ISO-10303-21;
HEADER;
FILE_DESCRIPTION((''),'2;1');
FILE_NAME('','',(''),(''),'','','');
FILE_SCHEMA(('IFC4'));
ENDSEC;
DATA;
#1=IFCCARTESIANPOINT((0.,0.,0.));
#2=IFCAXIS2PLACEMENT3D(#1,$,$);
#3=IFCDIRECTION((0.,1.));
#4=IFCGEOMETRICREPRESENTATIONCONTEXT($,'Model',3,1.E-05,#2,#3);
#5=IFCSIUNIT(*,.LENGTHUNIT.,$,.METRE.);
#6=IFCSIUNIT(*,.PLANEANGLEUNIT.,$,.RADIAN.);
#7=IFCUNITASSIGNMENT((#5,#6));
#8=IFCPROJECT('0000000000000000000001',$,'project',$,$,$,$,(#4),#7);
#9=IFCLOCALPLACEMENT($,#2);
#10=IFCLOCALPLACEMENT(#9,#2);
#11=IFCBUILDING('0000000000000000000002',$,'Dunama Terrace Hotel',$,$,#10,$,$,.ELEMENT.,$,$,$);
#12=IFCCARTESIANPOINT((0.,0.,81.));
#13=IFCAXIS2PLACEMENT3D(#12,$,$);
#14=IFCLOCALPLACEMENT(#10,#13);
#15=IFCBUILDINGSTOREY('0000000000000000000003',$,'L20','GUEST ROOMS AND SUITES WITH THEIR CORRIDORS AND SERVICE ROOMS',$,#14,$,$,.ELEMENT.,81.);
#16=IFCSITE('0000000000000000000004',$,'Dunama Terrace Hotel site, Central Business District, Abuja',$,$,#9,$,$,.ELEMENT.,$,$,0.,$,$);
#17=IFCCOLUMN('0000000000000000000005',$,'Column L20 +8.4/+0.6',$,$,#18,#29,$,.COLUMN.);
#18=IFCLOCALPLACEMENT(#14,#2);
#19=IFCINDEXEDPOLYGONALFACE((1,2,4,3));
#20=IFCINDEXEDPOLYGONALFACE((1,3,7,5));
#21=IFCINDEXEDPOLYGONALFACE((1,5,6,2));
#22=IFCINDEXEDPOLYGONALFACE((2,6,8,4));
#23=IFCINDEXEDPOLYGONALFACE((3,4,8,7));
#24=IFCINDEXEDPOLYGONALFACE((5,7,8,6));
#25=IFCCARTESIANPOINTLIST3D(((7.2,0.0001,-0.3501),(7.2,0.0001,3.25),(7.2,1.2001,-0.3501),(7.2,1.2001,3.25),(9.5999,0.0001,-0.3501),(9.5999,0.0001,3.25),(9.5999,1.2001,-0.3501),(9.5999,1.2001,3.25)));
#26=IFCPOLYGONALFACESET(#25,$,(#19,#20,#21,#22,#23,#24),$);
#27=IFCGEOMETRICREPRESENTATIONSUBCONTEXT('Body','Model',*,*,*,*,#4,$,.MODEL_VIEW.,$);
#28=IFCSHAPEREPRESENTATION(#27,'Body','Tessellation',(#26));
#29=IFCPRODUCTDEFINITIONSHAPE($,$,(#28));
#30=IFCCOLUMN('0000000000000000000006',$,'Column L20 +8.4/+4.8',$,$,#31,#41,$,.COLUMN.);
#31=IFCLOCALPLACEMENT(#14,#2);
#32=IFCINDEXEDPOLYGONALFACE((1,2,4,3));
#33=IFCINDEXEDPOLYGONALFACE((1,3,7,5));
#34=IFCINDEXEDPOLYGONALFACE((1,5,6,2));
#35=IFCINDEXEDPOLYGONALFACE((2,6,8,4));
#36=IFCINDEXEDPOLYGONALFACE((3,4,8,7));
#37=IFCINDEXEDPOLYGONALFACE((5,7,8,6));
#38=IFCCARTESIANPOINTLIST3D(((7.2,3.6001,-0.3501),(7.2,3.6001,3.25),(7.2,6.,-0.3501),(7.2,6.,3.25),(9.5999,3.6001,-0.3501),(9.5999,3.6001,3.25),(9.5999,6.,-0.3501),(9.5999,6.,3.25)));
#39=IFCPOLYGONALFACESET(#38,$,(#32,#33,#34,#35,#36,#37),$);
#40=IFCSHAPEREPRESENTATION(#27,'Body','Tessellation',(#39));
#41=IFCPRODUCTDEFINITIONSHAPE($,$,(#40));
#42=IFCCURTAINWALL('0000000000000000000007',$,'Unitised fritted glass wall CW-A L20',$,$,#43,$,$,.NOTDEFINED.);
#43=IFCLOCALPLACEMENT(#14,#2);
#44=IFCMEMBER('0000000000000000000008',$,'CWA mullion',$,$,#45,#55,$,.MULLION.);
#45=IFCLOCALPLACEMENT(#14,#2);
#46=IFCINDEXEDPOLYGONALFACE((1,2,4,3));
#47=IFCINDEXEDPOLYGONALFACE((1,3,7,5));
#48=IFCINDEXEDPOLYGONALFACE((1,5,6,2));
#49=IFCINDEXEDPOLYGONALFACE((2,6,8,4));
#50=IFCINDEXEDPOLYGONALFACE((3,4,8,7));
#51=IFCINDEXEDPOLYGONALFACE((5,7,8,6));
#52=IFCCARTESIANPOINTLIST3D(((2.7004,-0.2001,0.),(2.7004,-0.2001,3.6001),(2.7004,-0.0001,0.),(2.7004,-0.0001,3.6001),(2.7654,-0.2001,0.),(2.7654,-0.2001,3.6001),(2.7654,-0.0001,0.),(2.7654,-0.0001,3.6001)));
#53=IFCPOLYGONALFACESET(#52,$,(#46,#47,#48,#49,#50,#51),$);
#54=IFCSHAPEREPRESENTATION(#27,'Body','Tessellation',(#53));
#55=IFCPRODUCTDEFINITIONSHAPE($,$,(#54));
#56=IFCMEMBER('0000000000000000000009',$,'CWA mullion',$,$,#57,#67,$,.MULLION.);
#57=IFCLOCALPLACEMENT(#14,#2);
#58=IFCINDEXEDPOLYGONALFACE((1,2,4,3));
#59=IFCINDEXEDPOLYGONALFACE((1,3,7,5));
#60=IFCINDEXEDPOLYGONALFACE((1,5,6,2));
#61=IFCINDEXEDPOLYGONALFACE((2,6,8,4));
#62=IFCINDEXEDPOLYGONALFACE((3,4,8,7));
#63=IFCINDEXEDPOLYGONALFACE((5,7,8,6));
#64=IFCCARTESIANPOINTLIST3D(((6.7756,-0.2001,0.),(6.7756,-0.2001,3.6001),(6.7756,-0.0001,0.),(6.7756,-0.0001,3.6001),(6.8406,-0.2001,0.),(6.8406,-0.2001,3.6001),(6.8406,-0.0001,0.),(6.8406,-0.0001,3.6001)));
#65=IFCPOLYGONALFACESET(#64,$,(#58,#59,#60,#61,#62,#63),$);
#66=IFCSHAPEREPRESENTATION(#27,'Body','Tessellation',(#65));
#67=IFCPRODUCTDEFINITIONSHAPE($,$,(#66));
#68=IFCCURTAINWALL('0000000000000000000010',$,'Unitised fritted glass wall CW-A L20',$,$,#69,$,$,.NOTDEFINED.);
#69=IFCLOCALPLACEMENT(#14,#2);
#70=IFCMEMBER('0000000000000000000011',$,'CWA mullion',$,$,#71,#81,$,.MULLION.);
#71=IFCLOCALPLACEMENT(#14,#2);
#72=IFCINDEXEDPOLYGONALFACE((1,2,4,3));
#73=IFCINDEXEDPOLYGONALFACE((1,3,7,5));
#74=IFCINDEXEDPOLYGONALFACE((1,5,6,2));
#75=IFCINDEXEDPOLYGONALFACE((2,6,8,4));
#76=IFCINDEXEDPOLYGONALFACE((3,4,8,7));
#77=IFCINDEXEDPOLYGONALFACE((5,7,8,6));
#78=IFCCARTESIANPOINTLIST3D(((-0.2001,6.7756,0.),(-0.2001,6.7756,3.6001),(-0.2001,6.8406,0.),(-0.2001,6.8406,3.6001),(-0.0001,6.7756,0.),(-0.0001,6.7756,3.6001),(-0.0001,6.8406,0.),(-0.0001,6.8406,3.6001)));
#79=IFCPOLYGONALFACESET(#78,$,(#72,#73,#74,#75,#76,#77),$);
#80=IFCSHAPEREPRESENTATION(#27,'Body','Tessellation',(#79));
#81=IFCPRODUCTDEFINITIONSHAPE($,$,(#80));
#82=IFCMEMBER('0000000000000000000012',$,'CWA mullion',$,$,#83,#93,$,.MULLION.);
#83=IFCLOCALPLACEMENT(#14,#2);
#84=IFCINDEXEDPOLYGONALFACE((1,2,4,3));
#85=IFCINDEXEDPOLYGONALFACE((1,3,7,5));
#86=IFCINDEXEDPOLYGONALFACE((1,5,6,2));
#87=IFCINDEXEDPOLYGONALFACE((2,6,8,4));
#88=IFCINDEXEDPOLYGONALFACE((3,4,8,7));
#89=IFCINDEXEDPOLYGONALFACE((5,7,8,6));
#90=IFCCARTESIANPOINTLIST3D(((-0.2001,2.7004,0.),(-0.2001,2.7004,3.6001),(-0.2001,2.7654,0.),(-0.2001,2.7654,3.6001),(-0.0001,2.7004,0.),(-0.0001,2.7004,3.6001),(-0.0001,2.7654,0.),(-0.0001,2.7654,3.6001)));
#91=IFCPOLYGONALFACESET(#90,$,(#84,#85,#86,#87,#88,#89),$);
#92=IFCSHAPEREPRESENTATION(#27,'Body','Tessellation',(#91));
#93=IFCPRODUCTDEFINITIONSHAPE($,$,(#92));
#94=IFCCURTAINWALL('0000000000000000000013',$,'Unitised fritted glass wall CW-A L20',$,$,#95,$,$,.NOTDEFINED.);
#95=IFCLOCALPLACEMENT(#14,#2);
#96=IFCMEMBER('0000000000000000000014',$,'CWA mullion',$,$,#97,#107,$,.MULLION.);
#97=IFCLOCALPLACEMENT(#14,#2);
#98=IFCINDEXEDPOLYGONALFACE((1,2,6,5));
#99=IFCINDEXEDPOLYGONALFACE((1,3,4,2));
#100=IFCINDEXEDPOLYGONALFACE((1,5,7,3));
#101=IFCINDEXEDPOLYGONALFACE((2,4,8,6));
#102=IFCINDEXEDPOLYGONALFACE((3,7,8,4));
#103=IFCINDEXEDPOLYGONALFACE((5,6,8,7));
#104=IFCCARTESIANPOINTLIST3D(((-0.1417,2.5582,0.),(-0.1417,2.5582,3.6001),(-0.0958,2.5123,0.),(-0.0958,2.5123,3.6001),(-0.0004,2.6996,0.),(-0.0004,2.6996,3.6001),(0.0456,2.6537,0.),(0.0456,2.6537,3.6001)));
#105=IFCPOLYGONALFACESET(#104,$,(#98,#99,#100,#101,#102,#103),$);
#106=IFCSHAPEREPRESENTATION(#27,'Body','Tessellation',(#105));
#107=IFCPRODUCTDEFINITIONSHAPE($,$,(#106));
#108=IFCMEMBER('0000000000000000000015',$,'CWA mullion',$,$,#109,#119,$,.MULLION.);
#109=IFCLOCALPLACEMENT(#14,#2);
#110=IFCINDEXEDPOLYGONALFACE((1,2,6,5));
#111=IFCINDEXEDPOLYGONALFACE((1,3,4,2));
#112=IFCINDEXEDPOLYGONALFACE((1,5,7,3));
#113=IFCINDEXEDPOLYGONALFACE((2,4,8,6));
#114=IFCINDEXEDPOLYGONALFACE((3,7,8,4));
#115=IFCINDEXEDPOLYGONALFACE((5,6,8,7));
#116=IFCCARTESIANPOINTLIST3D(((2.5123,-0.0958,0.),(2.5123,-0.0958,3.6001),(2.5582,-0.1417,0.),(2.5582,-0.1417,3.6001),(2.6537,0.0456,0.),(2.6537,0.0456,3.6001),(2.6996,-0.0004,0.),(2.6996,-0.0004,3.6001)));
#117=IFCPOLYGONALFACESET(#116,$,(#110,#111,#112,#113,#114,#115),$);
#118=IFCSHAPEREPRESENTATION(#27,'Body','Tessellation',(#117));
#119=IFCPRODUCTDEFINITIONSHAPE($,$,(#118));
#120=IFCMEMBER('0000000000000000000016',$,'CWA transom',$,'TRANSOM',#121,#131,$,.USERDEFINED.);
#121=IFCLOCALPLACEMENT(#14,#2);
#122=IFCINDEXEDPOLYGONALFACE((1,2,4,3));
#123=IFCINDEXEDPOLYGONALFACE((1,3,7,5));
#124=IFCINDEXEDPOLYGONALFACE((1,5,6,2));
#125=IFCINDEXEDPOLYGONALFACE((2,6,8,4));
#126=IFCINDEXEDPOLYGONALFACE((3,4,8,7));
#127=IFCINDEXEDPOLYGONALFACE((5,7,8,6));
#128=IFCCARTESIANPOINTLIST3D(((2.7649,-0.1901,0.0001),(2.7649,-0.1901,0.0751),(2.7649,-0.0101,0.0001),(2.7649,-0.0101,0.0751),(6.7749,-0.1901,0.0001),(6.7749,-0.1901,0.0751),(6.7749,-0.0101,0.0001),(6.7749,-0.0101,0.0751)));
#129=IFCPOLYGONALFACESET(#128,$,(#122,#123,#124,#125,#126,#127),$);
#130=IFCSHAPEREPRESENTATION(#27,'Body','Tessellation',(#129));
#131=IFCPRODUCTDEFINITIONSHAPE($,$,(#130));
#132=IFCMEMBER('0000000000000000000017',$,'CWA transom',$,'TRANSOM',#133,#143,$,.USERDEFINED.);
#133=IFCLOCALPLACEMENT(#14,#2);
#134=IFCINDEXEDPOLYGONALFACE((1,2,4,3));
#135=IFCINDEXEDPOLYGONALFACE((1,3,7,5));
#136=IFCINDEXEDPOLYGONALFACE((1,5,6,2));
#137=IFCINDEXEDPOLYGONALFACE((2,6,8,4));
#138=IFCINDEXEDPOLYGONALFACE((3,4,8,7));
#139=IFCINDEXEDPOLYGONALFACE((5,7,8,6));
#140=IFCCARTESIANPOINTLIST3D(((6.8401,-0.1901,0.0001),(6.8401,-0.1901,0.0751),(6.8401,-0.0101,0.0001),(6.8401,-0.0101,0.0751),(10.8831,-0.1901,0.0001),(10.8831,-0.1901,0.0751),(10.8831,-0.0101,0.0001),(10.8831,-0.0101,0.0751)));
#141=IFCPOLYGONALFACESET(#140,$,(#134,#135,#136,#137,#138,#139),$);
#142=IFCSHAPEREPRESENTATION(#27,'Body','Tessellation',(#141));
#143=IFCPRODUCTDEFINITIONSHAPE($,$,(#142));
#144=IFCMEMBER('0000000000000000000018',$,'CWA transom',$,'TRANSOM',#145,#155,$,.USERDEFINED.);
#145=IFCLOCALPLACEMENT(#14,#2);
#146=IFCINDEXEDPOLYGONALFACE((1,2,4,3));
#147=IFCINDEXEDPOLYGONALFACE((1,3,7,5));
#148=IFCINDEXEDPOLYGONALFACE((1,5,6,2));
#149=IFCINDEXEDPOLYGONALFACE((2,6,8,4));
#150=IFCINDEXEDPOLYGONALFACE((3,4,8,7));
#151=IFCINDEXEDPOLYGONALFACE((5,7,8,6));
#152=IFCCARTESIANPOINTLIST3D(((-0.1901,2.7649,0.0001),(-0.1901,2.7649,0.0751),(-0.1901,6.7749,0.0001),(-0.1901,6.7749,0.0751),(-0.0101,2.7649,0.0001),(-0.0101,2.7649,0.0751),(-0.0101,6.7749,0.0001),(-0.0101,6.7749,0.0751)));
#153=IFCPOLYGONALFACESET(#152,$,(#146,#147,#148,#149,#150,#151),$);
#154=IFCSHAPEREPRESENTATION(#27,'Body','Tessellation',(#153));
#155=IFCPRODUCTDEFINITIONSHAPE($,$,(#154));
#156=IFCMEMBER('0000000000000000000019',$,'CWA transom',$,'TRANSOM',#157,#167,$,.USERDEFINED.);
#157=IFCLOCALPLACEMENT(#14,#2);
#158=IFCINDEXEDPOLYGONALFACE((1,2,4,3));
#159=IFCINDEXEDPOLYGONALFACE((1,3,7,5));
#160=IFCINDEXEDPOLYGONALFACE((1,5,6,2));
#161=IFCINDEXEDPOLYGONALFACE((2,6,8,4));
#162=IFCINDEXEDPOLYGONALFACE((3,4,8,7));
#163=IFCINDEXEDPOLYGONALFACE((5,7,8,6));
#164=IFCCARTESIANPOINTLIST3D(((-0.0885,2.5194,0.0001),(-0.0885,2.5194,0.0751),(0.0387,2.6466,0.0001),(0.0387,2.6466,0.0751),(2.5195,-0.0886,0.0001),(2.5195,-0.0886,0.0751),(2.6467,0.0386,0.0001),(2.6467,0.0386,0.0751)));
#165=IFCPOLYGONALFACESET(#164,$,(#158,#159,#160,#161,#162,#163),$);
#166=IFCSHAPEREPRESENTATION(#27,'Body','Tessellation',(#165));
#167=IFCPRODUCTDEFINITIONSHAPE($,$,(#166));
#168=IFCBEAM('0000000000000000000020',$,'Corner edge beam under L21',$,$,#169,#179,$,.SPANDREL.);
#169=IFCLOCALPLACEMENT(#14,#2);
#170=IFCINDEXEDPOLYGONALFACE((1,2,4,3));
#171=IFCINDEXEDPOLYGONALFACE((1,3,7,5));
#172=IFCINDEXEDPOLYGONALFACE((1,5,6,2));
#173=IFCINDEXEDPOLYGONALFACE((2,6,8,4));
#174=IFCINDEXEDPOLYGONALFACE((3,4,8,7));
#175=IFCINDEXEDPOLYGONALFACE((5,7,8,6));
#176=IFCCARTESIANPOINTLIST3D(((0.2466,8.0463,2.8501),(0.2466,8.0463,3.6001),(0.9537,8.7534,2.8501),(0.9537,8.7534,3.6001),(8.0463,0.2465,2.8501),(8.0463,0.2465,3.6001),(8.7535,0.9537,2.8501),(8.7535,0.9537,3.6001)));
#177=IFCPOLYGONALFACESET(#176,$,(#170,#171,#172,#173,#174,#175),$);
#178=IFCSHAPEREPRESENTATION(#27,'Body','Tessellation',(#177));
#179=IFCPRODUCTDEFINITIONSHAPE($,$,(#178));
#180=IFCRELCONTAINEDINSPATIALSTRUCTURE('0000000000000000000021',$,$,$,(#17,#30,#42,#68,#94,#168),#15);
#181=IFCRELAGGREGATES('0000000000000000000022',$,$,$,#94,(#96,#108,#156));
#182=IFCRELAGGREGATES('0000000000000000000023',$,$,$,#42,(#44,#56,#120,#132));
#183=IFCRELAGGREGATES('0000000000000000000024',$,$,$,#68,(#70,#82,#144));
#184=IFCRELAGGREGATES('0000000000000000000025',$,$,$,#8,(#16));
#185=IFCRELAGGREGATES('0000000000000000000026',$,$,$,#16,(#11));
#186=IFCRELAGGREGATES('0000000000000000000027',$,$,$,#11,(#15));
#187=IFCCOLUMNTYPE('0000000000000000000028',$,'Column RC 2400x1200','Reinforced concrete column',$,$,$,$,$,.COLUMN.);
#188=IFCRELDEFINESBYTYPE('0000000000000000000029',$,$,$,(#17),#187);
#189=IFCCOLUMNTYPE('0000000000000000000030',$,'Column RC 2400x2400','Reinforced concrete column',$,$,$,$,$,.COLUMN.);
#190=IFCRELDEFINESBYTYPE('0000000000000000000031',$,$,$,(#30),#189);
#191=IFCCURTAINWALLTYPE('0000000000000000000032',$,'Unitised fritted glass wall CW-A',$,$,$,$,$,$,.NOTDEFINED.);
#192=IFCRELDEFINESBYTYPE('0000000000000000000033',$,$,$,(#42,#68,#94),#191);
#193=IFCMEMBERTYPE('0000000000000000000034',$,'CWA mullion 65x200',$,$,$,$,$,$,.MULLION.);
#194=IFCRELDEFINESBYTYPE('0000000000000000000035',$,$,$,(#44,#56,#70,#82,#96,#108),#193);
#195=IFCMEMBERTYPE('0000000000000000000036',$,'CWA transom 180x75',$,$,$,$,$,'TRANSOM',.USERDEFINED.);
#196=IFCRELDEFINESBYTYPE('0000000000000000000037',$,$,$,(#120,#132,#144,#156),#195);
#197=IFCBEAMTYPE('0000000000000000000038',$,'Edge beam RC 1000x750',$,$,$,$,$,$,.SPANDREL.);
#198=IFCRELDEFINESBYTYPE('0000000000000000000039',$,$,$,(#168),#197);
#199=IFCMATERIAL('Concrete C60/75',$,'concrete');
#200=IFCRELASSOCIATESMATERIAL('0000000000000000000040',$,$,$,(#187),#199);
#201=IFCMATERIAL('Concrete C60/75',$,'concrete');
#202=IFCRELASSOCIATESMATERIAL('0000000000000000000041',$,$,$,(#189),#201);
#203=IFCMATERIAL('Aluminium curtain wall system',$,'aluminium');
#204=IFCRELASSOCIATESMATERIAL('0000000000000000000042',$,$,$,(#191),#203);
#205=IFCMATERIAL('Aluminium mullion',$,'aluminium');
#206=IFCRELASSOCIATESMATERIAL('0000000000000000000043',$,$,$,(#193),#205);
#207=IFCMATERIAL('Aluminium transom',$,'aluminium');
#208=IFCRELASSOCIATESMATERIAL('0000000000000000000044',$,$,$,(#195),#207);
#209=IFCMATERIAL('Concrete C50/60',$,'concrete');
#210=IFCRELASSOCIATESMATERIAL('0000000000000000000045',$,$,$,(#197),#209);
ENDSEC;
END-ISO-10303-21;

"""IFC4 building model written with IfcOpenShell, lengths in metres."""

from ifc_helpers import new_model, si_unit, direction, frame, origin, origin_2d, place, context, subcontext, project, spatial, rectangle, extrude, material, material_profile, profile_set, type_object, element, aggregate, save


model = new_model("IFC4")

# Units and contexts
model_context = context("Model", 3, precision=1e-05, world=origin(), true_north=direction((0.0, 1.0)))
body_context = subcontext(model_context, "Body", "Model", "MODEL_VIEW")
ifc_project = project(units=[si_unit("LENGTHUNIT", "METRE"), si_unit("PLANEANGLEUNIT", "RADIAN")], contexts=[model_context])

# Site, building, storey
site_placement = place(None, origin())
site = spatial("IfcSite", under=ifc_project, at=site_placement, Name="Dunama Terrace Hotel site, Central Business District, Abuja", CompositionType="ELEMENT", RefElevation=0.0)
building_placement = place(site_placement, origin())
building = spatial("IfcBuilding", under=site, at=building_placement, Name="Dunama Terrace Hotel", CompositionType="ELEMENT")
storey_placement = place(building_placement, frame((0.0, 0.0, 81.0)))
storey = spatial("IfcBuildingStorey", under=building, at=storey_placement, Name="L20", Description="GUEST ROOMS AND SUITES WITH THEIR CORRIDORS AND SERVICE ROOMS", CompositionType="ELEMENT", Elevation=81.0)

# Columns
ifc_material_1 = material(Name="Concrete C60/75", Category="concrete")
ifc_material_profile_1 = material_profile(ifc_material_1, rectangle(XDim=2.3999, YDim=1.2, at=origin_2d()), Name="RC 2400x1200")
ifc_profile_set_1 = profile_set([ifc_material_profile_1], Name="Concrete C60/75")
column_type_1 = type_object("IfcColumnType", Name="Column RC 2400x1200", Description="Reinforced concrete column", PredefinedType="COLUMN", material=ifc_profile_set_1)
column_1_placement = place(storey_placement, frame((8.3999, 0.6001, -0.3501), z_axis=(0.0, 0.0, 1.0), x_axis=(1.0, 0.0, 0.0)))
element("IfcColumn", 1, at=column_1_placement, inside=storey, type_object=column_type_1, Name="Column L20 +8.4/+0.6", PredefinedType="COLUMN", context=body_context, shape_type="SweptSolid", body=[
    extrude(rectangle(XDim=2.3999, YDim=1.2, at=origin_2d()), origin(), (0.0, 0.0, 1.0), 3.6001),
])
ifc_material_2 = material(Name="Concrete C60/75", Category="concrete")
ifc_material_profile_2 = material_profile(ifc_material_2, rectangle(XDim=2.3999, YDim=2.3999, at=origin_2d()), Name="RC 2400x2400")
ifc_profile_set_2 = profile_set([ifc_material_profile_2], Name="Concrete C60/75")
column_type_2 = type_object("IfcColumnType", Name="Column RC 2400x2400", Description="Reinforced concrete column", PredefinedType="COLUMN", material=ifc_profile_set_2)
column_2_placement = place(storey_placement, frame((8.3999, 4.8, -0.3501), z_axis=(0.0, 0.0, 1.0), x_axis=(1.0, 0.0, 0.0)))
element("IfcColumn", 2, at=column_2_placement, inside=storey, type_object=column_type_2, Name="Column L20 +8.4/+4.8", PredefinedType="COLUMN", context=body_context, shape_type="SweptSolid", body=[
    extrude(rectangle(XDim=2.3999, YDim=2.3999, at=origin_2d()), origin(), (0.0, 0.0, 1.0), 3.6001),
])

# Curtain walls, members
ifc_material_3 = material(Name="Aluminium curtain wall system", Category="aluminium")
curtain_wall_type = type_object("IfcCurtainWallType", Name="Unitised fritted glass wall CW-A", PredefinedType="NOTDEFINED", material=ifc_material_3)
curtain_wall_1_placement = place(storey_placement, origin())
curtain_wall_1 = element("IfcCurtainWall", 3, at=curtain_wall_1_placement, inside=storey, type_object=curtain_wall_type, Name="Unitised fritted glass wall CW-A L20", PredefinedType="NOTDEFINED")
ifc_material_4 = material(Name="Aluminium mullion", Category="aluminium")
ifc_material_profile_3 = material_profile(ifc_material_4, rectangle(XDim=0.0649, YDim=0.2, at=origin_2d()), Name="CWA MULLION 65X200")
ifc_profile_set_3 = profile_set([ifc_material_profile_3], Name="Aluminium mullion")
member_type_1 = type_object("IfcMemberType", Name="CWA mullion 65x200", PredefinedType="MULLION", material=ifc_profile_set_3)
member_1_placement = place(storey_placement, frame((2.7329, -0.1001, 0.0), z_axis=(0.0, 0.0, 1.0), x_axis=(1.0, 0.0, 0.0)))
member_1 = element("IfcMember", 4, at=member_1_placement, type_object=member_type_1, Name="CWA mullion", PredefinedType="MULLION", context=body_context, shape_type="SweptSolid", body=[
    extrude(rectangle(XDim=0.0649, YDim=0.2, at=origin_2d()), origin(), (0.0, 0.0, 1.0), 3.6001),
])
member_2_placement = place(storey_placement, frame((6.8081, -0.1001, 0.0), z_axis=(0.0, 0.0, 1.0), x_axis=(1.0, 0.0, 0.0)))
member_2 = element("IfcMember", 5, at=member_2_placement, type_object=member_type_1, Name="CWA mullion", PredefinedType="MULLION", context=body_context, shape_type="SweptSolid", body=[
    extrude(rectangle(XDim=0.0649, YDim=0.2, at=origin_2d()), origin(), (0.0, 0.0, 1.0), 3.6001),
])
curtain_wall_2_placement = place(storey_placement, origin())
curtain_wall_2 = element("IfcCurtainWall", 6, at=curtain_wall_2_placement, inside=storey, type_object=curtain_wall_type, Name="Unitised fritted glass wall CW-A L20", PredefinedType="NOTDEFINED")
member_3_placement = place(storey_placement, frame((-0.1001, 6.8081, 0.0), z_axis=(0.0, 0.0, 1.0), x_axis=(0.0, -1.0, 0.0)))
member_3 = element("IfcMember", 7, at=member_3_placement, type_object=member_type_1, Name="CWA mullion", PredefinedType="MULLION", context=body_context, shape_type="SweptSolid", body=[
    extrude(rectangle(XDim=0.0649, YDim=0.2, at=origin_2d()), origin(), (0.0, 0.0, 1.0), 3.6001),
])
member_4_placement = place(storey_placement, frame((-0.1001, 2.7329, 0.0), z_axis=(0.0, 0.0, 1.0), x_axis=(0.0, -1.0, 0.0)))
member_4 = element("IfcMember", 8, at=member_4_placement, type_object=member_type_1, Name="CWA mullion", PredefinedType="MULLION", context=body_context, shape_type="SweptSolid", body=[
    extrude(rectangle(XDim=0.0649, YDim=0.2, at=origin_2d()), origin(), (0.0, 0.0, 1.0), 3.6001),
])
curtain_wall_3_placement = place(storey_placement, origin())
curtain_wall_3 = element("IfcCurtainWall", 9, at=curtain_wall_3_placement, inside=storey, type_object=curtain_wall_type, Name="Unitised fritted glass wall CW-A L20", PredefinedType="NOTDEFINED")
member_5_placement = place(storey_placement, frame((-0.0481, 2.606, 0.0), z_axis=(0.0, 0.0, 1.0), x_axis=(0.707107, -0.707107, 0.0)))
member_5 = element("IfcMember", 10, at=member_5_placement, type_object=member_type_1, Name="CWA mullion", PredefinedType="MULLION", context=body_context, shape_type="SweptSolid", body=[
    extrude(rectangle(XDim=0.0649, YDim=0.2, at=origin_2d()), origin(), (0.0, 0.0, 1.0), 3.6001),
])
member_6_placement = place(storey_placement, frame((2.606, -0.0481, 0.0), z_axis=(0.0, 0.0, 1.0), x_axis=(0.707107, -0.707107, 0.0)))
member_6 = element("IfcMember", 11, at=member_6_placement, type_object=member_type_1, Name="CWA mullion", PredefinedType="MULLION", context=body_context, shape_type="SweptSolid", body=[
    extrude(rectangle(XDim=0.0649, YDim=0.2, at=origin_2d()), origin(), (0.0, 0.0, 1.0), 3.6001),
])

# Members
ifc_material_5 = material(Name="Aluminium transom", Category="aluminium")
ifc_material_profile_4 = material_profile(ifc_material_5, rectangle(XDim=0.1799, YDim=0.075, at=origin_2d()), Name="CWA TRANSOM 180X75")
ifc_profile_set_4 = profile_set([ifc_material_profile_4], Name="Aluminium transom")
member_type_2 = type_object("IfcMemberType", Name="CWA transom 180x75", ElementType="TRANSOM", PredefinedType="USERDEFINED", material=ifc_profile_set_4)
member_7_placement = place(storey_placement, frame((2.7649, -0.1001, 0.0376), z_axis=(1.0, 0.0, 0.0), x_axis=(0.0, 1.0, 0.0)))
member_7 = element("IfcMember", 12, at=member_7_placement, type_object=member_type_2, Name="CWA transom", ObjectType="TRANSOM", PredefinedType="USERDEFINED", context=body_context, shape_type="SweptSolid", body=[
    extrude(rectangle(XDim=0.1799, YDim=0.075, at=origin_2d()), origin(), (0.0, 0.0, 1.0), 4.01),
])
member_8_placement = place(storey_placement, frame((6.8401, -0.1001, 0.0376), z_axis=(1.0, 0.0, 0.0), x_axis=(0.0, 1.0, 0.0)))
member_8 = element("IfcMember", 13, at=member_8_placement, type_object=member_type_2, Name="CWA transom", ObjectType="TRANSOM", PredefinedType="USERDEFINED", context=body_context, shape_type="SweptSolid", body=[
    extrude(rectangle(XDim=0.1799, YDim=0.075, at=origin_2d()), origin(), (0.0, 0.0, 1.0), 4.043),
])
member_9_placement = place(storey_placement, frame((-0.1001, 6.7749, 0.0376), z_axis=(0.0, -1.0, 0.0), x_axis=(1.0, 0.0, 0.0)))
member_9 = element("IfcMember", 14, at=member_9_placement, type_object=member_type_2, Name="CWA transom", ObjectType="TRANSOM", PredefinedType="USERDEFINED", context=body_context, shape_type="SweptSolid", body=[
    extrude(rectangle(XDim=0.1799, YDim=0.075, at=origin_2d()), origin(), (0.0, 0.0, 1.0), 4.01),
])
member_10_placement = place(storey_placement, frame((-0.0249, 2.583, 0.0376), z_axis=(0.707107, -0.707107, 0.0), x_axis=(0.707107, 0.707107, 0.0)))
member_10 = element("IfcMember", 15, at=member_10_placement, type_object=member_type_2, Name="CWA transom", ObjectType="TRANSOM", PredefinedType="USERDEFINED", context=body_context, shape_type="SweptSolid", body=[
    extrude(rectangle(XDim=0.1799, YDim=0.075, at=origin_2d()), origin(), (0.0, 0.0, 1.0), 3.6882),
])

# Beam
ifc_material_6 = material(Name="Concrete C50/60", Category="concrete")
ifc_material_profile_5 = material_profile(ifc_material_6, rectangle(XDim=1.0, YDim=0.75, at=origin_2d()), Name="RC 1000x750")
ifc_profile_set_5 = profile_set([ifc_material_profile_5], Name="Concrete C50/60")
beam_type_1 = type_object("IfcBeamType", Name="Edge beam RC 1000x750", PredefinedType="SPANDREL", material=ifc_profile_set_5)
beam_1_placement = place(storey_placement, frame((8.3999, 0.6001, 3.2251), z_axis=(-0.707107, 0.707107, 0.0), x_axis=(-0.707107, -0.707107, 0.0)))
element("IfcBeam", 16, at=beam_1_placement, inside=storey, type_object=beam_type_1, Name="Corner edge beam under L21", PredefinedType="SPANDREL", context=body_context, shape_type="SweptSolid", body=[
    extrude(rectangle(XDim=1.0, YDim=0.75, at=origin_2d()), origin(), (0.0, 0.0, 1.0), 11.0305),
])

aggregate(curtain_wall_3, [member_5, member_6, member_10])
aggregate(curtain_wall_1, [member_1, member_2, member_7, member_8])
aggregate(curtain_wall_2, [member_3, member_4, member_9])

save(model, "model.ifc")
